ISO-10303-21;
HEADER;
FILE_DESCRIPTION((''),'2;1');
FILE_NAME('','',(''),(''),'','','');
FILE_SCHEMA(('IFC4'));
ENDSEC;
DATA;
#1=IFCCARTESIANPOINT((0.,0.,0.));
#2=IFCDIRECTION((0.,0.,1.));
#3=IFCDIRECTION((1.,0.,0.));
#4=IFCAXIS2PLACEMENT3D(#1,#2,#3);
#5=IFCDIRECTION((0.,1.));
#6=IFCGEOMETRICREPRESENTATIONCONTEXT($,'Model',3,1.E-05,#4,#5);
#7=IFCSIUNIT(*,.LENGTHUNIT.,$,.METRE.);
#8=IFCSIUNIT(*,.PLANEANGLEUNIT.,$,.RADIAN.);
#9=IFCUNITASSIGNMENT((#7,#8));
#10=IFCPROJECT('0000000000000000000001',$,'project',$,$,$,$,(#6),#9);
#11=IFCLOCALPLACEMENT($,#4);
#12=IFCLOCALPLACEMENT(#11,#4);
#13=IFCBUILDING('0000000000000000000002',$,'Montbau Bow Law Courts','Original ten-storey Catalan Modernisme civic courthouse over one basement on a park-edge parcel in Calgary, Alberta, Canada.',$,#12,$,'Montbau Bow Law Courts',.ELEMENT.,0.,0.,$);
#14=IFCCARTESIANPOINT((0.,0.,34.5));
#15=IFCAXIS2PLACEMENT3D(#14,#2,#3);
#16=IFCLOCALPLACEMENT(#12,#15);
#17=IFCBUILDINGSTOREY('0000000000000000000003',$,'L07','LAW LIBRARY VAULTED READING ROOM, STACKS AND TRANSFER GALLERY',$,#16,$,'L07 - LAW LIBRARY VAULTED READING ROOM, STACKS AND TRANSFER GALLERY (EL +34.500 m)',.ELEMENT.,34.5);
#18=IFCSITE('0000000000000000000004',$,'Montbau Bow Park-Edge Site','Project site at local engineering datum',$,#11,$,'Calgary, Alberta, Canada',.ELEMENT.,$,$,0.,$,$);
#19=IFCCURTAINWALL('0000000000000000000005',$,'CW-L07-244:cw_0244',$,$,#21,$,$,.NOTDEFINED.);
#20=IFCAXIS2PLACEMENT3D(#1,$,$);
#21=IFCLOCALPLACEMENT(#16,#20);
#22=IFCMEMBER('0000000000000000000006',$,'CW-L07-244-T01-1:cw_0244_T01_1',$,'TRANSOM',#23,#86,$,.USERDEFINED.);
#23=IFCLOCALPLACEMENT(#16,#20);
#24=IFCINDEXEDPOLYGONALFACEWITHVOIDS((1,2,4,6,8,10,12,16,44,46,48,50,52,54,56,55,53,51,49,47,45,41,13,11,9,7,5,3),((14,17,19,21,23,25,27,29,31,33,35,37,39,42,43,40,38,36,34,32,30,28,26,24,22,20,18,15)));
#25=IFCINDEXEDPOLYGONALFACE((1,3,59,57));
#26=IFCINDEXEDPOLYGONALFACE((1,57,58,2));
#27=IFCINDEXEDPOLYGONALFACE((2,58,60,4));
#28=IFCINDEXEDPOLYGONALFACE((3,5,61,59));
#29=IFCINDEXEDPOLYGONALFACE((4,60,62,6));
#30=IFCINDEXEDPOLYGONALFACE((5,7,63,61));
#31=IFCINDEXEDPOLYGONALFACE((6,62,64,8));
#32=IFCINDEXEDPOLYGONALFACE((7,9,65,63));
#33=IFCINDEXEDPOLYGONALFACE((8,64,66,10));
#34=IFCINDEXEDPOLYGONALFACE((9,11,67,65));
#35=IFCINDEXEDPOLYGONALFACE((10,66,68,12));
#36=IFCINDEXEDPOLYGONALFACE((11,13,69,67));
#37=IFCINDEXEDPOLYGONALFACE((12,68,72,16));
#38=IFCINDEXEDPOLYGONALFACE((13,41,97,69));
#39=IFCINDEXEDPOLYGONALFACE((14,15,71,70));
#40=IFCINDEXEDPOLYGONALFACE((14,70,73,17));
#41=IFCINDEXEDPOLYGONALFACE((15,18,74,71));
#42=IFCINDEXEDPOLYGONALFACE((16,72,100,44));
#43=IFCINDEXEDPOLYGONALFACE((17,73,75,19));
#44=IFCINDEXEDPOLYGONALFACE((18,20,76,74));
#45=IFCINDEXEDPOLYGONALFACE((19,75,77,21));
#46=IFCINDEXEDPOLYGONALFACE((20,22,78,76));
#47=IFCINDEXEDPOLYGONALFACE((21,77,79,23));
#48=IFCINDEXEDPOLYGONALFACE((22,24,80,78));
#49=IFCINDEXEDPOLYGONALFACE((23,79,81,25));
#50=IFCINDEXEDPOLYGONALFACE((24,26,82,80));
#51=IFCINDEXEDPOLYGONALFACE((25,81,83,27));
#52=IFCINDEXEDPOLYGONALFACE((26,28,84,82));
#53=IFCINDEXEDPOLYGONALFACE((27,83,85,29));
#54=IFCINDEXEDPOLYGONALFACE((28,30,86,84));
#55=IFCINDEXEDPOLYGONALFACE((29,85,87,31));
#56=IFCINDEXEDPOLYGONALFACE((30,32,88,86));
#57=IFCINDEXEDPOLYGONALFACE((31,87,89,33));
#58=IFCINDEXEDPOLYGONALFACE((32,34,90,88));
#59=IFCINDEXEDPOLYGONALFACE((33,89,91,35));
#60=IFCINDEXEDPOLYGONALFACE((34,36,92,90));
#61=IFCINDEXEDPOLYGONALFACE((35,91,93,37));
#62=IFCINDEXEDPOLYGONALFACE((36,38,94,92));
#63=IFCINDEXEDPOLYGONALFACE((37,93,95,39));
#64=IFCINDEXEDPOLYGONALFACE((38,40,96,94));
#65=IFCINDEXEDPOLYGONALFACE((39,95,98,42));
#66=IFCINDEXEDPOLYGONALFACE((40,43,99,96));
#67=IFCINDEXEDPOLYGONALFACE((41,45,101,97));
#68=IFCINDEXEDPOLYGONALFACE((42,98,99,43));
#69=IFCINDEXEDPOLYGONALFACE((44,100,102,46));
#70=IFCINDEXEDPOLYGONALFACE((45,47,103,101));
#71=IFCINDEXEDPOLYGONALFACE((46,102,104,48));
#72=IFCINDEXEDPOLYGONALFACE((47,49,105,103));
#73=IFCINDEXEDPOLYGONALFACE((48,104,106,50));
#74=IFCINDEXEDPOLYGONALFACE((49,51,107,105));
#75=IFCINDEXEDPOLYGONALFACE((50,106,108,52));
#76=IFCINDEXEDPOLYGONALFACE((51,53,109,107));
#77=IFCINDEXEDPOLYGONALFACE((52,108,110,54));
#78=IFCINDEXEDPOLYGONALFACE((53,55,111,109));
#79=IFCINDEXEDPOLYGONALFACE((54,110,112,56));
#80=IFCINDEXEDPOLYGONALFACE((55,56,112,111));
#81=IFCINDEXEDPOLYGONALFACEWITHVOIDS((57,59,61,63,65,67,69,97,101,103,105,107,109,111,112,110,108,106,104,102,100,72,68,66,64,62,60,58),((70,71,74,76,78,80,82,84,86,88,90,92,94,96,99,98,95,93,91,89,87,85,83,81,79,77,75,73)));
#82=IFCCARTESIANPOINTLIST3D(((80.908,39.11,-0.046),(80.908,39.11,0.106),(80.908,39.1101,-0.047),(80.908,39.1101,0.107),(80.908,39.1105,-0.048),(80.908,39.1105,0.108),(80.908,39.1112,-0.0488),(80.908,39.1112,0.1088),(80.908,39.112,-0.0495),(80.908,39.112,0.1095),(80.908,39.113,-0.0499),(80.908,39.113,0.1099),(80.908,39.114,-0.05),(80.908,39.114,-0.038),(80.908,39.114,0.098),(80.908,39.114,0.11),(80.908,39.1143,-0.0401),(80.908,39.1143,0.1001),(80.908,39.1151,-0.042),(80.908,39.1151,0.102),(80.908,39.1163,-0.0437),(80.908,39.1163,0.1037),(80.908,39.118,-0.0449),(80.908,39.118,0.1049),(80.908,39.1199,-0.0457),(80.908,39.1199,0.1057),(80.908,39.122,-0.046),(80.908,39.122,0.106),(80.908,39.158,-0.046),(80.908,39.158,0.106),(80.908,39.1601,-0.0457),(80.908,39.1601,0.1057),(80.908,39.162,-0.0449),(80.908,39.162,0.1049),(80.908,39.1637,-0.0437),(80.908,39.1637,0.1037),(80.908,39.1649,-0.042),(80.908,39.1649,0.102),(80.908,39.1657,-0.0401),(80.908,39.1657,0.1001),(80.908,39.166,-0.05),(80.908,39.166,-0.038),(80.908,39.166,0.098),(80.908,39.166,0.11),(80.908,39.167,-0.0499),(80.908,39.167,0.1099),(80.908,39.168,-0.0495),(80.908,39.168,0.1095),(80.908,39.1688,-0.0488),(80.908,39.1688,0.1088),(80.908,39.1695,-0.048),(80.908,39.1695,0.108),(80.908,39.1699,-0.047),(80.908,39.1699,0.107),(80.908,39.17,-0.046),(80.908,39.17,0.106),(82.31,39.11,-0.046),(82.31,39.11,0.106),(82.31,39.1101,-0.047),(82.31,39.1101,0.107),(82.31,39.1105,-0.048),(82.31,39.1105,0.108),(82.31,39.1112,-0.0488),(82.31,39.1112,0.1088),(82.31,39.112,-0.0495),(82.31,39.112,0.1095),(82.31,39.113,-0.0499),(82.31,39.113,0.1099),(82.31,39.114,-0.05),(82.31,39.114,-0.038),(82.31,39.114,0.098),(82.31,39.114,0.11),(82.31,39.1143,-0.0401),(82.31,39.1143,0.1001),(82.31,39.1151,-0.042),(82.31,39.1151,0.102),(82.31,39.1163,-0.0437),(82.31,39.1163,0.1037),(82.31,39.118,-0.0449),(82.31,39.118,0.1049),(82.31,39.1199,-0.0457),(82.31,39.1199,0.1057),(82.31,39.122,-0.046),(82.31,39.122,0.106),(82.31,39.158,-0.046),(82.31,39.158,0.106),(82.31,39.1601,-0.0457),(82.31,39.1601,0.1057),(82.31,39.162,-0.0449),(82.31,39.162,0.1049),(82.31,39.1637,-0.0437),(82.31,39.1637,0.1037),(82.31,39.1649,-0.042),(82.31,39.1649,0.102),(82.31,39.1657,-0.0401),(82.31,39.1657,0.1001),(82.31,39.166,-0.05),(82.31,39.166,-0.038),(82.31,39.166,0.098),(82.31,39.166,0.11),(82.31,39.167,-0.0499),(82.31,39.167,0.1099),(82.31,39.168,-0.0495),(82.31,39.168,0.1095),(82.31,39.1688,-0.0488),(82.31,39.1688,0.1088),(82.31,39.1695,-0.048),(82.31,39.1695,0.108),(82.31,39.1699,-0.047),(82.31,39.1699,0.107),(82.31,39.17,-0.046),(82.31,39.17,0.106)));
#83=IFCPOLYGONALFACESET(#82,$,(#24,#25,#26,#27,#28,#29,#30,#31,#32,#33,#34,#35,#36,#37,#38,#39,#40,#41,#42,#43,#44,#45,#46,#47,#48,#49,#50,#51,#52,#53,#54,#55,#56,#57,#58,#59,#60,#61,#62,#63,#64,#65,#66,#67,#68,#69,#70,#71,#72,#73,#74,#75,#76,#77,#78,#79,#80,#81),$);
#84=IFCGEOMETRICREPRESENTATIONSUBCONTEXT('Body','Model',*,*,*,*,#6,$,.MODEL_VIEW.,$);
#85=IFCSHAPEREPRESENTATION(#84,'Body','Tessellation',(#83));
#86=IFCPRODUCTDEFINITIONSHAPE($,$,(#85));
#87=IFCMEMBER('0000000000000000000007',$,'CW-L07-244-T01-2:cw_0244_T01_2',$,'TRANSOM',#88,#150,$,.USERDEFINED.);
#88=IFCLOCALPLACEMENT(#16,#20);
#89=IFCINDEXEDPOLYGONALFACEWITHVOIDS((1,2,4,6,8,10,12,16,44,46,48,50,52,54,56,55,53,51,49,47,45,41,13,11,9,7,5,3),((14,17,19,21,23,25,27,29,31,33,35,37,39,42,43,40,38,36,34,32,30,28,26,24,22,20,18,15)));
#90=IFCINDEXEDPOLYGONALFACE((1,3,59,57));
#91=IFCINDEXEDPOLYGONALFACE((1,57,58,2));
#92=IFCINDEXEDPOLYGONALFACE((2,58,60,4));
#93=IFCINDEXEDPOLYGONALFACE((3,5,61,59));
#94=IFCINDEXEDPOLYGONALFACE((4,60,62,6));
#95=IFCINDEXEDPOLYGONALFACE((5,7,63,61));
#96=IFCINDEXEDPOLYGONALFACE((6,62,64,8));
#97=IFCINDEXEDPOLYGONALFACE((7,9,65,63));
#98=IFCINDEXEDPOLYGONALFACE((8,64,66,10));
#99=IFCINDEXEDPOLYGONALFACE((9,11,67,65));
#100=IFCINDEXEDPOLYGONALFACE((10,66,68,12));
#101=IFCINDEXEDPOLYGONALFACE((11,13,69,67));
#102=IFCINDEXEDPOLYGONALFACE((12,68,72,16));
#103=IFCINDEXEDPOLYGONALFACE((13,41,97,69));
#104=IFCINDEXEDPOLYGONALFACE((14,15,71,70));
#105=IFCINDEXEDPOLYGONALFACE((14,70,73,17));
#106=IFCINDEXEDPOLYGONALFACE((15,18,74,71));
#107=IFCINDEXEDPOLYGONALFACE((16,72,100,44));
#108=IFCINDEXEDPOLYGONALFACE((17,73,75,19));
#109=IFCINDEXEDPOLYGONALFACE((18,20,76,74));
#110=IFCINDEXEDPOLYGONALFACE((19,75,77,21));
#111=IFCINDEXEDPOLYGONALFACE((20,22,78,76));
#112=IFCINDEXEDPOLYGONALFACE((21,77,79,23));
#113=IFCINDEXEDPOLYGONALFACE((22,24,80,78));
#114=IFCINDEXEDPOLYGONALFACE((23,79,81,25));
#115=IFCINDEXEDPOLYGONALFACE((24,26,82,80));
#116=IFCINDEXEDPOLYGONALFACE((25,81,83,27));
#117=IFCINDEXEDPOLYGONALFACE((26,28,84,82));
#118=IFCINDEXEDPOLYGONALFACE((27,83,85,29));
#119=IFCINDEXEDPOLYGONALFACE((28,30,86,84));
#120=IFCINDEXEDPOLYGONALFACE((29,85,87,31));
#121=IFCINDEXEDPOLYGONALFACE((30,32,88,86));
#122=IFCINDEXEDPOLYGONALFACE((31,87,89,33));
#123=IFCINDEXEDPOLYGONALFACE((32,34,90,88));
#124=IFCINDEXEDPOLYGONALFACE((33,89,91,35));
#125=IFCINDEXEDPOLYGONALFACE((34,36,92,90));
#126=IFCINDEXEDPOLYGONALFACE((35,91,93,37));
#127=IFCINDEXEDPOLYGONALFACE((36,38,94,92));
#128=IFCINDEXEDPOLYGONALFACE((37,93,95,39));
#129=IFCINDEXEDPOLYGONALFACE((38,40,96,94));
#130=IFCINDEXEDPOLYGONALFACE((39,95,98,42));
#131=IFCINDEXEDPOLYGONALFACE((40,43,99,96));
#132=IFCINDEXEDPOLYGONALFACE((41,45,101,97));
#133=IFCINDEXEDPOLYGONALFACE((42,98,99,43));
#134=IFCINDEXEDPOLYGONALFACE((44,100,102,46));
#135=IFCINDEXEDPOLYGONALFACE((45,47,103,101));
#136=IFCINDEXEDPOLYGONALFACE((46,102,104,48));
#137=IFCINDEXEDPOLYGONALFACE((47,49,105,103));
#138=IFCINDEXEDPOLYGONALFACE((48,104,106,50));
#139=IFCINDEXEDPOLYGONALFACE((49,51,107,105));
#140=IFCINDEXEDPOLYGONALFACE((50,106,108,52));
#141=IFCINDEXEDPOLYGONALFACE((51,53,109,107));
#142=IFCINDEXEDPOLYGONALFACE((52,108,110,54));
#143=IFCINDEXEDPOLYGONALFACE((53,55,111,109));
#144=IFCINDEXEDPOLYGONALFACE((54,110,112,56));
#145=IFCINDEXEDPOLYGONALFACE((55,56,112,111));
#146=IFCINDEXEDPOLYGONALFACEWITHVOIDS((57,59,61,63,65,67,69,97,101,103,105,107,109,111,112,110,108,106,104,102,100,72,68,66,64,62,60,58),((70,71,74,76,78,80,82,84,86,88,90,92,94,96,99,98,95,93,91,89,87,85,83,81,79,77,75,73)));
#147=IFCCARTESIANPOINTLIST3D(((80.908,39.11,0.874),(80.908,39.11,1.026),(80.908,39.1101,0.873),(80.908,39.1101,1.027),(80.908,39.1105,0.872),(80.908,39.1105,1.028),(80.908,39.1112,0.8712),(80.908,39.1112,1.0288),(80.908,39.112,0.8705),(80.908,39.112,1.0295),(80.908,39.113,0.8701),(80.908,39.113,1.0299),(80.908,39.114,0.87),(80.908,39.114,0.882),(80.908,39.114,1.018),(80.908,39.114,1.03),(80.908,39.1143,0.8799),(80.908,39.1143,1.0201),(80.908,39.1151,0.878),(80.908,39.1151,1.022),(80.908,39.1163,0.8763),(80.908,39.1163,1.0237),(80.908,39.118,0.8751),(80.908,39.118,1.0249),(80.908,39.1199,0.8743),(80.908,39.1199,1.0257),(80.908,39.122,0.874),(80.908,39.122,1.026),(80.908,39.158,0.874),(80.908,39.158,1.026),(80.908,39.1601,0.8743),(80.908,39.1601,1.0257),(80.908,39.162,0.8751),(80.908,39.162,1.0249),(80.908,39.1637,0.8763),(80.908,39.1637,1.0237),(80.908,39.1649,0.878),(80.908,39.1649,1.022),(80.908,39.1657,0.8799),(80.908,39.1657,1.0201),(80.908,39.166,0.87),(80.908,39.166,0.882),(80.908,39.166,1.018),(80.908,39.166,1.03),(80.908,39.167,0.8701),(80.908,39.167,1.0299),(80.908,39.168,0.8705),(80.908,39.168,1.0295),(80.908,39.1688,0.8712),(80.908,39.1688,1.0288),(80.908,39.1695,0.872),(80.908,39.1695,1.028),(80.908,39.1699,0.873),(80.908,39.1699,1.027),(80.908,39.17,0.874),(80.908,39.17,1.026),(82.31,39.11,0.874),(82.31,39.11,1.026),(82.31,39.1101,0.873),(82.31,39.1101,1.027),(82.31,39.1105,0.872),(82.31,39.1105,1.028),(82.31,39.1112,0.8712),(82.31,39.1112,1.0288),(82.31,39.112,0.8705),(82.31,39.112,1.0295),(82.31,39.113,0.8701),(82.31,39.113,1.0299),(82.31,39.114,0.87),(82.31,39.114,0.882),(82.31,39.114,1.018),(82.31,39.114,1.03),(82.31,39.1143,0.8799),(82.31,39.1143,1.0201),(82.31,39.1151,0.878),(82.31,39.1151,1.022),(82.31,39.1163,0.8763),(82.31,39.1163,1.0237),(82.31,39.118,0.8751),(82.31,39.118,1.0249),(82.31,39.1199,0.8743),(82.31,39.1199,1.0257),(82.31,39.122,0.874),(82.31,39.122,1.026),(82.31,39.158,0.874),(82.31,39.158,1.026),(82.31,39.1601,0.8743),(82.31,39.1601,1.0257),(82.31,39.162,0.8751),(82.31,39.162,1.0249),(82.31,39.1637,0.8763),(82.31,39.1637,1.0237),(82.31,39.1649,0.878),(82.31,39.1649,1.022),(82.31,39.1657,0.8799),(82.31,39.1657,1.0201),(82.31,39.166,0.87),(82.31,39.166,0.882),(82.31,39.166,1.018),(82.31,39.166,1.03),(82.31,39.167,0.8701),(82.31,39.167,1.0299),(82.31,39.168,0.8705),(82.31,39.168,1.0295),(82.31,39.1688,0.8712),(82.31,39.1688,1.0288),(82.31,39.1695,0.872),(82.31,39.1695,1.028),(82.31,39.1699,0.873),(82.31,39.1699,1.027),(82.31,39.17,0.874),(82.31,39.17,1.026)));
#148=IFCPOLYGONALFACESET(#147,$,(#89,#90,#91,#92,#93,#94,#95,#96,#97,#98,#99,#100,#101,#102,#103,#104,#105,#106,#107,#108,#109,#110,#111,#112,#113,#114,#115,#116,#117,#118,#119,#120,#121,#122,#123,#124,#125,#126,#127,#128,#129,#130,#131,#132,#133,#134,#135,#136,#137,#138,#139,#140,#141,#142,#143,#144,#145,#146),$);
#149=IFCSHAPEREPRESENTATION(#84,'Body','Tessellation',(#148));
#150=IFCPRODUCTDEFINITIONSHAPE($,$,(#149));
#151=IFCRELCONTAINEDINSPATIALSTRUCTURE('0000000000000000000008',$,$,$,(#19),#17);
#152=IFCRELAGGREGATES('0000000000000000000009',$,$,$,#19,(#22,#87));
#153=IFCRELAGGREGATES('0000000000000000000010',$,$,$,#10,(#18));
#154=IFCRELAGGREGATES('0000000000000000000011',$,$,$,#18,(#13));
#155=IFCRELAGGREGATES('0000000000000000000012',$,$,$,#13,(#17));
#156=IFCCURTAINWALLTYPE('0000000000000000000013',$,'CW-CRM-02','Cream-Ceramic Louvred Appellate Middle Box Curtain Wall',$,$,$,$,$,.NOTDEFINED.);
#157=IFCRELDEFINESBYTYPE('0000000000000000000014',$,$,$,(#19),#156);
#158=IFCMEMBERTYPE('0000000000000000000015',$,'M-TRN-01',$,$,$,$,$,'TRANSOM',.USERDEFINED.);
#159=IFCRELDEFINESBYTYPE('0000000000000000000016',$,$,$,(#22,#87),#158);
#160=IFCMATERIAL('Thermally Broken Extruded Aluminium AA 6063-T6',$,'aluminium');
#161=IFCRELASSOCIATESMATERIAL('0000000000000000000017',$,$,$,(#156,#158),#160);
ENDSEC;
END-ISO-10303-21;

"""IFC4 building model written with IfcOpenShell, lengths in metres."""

from ifc_helpers import new_model, si_unit, direction, frame, origin_with_axes, origin_2d_with_axis, place, context, subcontext, project, spatial, hollow_rectangle, extrude, material, material_profile, profile_set, type_object, element, aggregate, save


model = new_model("IFC4")

# Units and contexts
model_context = context("Model", 3, precision=1e-05, world=origin_with_axes(), true_north=direction((0.0, 1.0)))
body_context = subcontext(model_context, "Body", "Model", "MODEL_VIEW")
ifc_project = project(units=[si_unit("LENGTHUNIT", "METRE"), si_unit("PLANEANGLEUNIT", "RADIAN")], contexts=[model_context])

# Site, building, storey
site_placement = place(None, origin_with_axes())
site = spatial("IfcSite", under=ifc_project, at=site_placement, Name="Montbau Bow Park-Edge Site", Description="Project site at local engineering datum", LongName="Calgary, Alberta, Canada", CompositionType="ELEMENT", RefElevation=0.0)
building_placement = place(site_placement, origin_with_axes())
building = spatial("IfcBuilding", under=site, at=building_placement, Name="Montbau Bow Law Courts", Description="Original ten-storey Catalan Modernisme civic courthouse over one basement on a park-edge parcel in Calgary, Alberta, Canada.", LongName="Montbau Bow Law Courts", CompositionType="ELEMENT", ElevationOfRefHeight=0.0, ElevationOfTerrain=0.0)
storey_placement = place(building_placement, frame((0.0, 0.0, 34.5), z_axis=(0.0, 0.0, 1.0), x_axis=(1.0, 0.0, 0.0)))
storey = spatial("IfcBuildingStorey", under=building, at=storey_placement, Name="L07", Description="LAW LIBRARY VAULTED READING ROOM, STACKS AND TRANSFER GALLERY", LongName="L07 - LAW LIBRARY VAULTED READING ROOM, STACKS AND TRANSFER GALLERY (EL +34.500 m)", CompositionType="ELEMENT", Elevation=34.5)

# Shared definitions
ifc_material_1 = material(Name="Thermally Broken Extruded Aluminium AA 6063-T6", Category="aluminium")
curtain_wall_type = type_object("IfcCurtainWallType", Name="CW-CRM-02", Description="Cream-Ceramic Louvred Appellate Middle Box Curtain Wall", PredefinedType="NOTDEFINED", material=ifc_material_1)

# Curtain wall, members
curtain_wall_1_placement = place(None, frame((80.84, 39.14, 34.5), z_axis=(0.0, 0.0, 1.0), x_axis=(1.0, 0.0, 0.0)))
curtain_wall_1 = element("IfcCurtainWall", 1, at=curtain_wall_1_placement, inside=storey, type_object=curtain_wall_type, Name="CW-L07-244:cw_0244", PredefinedType="NOTDEFINED")
ifc_material_profile_1 = material_profile(ifc_material_1, hollow_rectangle(XDim=0.06, YDim=0.16, WallThickness=0.004, InnerFilletRadius=0.008, OuterFilletRadius=0.004, at=origin_2d_with_axis()), Name="CWT-160X60", Category="Main", Priority=0)
ifc_profile_set_1 = profile_set([ifc_material_profile_1], Name="Thermally Broken Extruded Aluminium AA 6063-T6")
member_type_1 = type_object("IfcMemberType", Name="M-TRN-01", ElementType="TRANSOM", PredefinedType="USERDEFINED", material=ifc_profile_set_1)
member_1_placement = place(None, frame((80.908, 39.14, 34.53), z_axis=(1.0, 0.0, 0.0), x_axis=(0.0, 1.0, 0.0)))
member_1 = element("IfcMember", 2, at=member_1_placement, type_object=member_type_1, Name="CW-L07-244-T01-1:cw_0244_T01_1", ObjectType="TRANSOM", PredefinedType="USERDEFINED", context=body_context, shape_type="SweptSolid", body=[
    extrude(hollow_rectangle(XDim=0.06, YDim=0.16, WallThickness=0.004, InnerFilletRadius=0.008, OuterFilletRadius=0.004, at=origin_2d_with_axis()), origin_with_axes(), (0.0, 0.0, 1.0), 1.402),
])
member_2_placement = place(None, frame((80.908, 39.14, 35.45), z_axis=(1.0, 0.0, 0.0), x_axis=(0.0, 1.0, 0.0)))
member_2 = element("IfcMember", 3, at=member_2_placement, type_object=member_type_1, Name="CW-L07-244-T01-2:cw_0244_T01_2", ObjectType="TRANSOM", PredefinedType="USERDEFINED", context=body_context, shape_type="SweptSolid", body=[
    extrude(hollow_rectangle(XDim=0.06, YDim=0.16, WallThickness=0.004, InnerFilletRadius=0.008, OuterFilletRadius=0.004, at=origin_2d_with_axis()), origin_with_axes(), (0.0, 0.0, 1.0), 1.402),
])
aggregate(curtain_wall_1, [member_1, member_2])

save(model, "model.ifc")
